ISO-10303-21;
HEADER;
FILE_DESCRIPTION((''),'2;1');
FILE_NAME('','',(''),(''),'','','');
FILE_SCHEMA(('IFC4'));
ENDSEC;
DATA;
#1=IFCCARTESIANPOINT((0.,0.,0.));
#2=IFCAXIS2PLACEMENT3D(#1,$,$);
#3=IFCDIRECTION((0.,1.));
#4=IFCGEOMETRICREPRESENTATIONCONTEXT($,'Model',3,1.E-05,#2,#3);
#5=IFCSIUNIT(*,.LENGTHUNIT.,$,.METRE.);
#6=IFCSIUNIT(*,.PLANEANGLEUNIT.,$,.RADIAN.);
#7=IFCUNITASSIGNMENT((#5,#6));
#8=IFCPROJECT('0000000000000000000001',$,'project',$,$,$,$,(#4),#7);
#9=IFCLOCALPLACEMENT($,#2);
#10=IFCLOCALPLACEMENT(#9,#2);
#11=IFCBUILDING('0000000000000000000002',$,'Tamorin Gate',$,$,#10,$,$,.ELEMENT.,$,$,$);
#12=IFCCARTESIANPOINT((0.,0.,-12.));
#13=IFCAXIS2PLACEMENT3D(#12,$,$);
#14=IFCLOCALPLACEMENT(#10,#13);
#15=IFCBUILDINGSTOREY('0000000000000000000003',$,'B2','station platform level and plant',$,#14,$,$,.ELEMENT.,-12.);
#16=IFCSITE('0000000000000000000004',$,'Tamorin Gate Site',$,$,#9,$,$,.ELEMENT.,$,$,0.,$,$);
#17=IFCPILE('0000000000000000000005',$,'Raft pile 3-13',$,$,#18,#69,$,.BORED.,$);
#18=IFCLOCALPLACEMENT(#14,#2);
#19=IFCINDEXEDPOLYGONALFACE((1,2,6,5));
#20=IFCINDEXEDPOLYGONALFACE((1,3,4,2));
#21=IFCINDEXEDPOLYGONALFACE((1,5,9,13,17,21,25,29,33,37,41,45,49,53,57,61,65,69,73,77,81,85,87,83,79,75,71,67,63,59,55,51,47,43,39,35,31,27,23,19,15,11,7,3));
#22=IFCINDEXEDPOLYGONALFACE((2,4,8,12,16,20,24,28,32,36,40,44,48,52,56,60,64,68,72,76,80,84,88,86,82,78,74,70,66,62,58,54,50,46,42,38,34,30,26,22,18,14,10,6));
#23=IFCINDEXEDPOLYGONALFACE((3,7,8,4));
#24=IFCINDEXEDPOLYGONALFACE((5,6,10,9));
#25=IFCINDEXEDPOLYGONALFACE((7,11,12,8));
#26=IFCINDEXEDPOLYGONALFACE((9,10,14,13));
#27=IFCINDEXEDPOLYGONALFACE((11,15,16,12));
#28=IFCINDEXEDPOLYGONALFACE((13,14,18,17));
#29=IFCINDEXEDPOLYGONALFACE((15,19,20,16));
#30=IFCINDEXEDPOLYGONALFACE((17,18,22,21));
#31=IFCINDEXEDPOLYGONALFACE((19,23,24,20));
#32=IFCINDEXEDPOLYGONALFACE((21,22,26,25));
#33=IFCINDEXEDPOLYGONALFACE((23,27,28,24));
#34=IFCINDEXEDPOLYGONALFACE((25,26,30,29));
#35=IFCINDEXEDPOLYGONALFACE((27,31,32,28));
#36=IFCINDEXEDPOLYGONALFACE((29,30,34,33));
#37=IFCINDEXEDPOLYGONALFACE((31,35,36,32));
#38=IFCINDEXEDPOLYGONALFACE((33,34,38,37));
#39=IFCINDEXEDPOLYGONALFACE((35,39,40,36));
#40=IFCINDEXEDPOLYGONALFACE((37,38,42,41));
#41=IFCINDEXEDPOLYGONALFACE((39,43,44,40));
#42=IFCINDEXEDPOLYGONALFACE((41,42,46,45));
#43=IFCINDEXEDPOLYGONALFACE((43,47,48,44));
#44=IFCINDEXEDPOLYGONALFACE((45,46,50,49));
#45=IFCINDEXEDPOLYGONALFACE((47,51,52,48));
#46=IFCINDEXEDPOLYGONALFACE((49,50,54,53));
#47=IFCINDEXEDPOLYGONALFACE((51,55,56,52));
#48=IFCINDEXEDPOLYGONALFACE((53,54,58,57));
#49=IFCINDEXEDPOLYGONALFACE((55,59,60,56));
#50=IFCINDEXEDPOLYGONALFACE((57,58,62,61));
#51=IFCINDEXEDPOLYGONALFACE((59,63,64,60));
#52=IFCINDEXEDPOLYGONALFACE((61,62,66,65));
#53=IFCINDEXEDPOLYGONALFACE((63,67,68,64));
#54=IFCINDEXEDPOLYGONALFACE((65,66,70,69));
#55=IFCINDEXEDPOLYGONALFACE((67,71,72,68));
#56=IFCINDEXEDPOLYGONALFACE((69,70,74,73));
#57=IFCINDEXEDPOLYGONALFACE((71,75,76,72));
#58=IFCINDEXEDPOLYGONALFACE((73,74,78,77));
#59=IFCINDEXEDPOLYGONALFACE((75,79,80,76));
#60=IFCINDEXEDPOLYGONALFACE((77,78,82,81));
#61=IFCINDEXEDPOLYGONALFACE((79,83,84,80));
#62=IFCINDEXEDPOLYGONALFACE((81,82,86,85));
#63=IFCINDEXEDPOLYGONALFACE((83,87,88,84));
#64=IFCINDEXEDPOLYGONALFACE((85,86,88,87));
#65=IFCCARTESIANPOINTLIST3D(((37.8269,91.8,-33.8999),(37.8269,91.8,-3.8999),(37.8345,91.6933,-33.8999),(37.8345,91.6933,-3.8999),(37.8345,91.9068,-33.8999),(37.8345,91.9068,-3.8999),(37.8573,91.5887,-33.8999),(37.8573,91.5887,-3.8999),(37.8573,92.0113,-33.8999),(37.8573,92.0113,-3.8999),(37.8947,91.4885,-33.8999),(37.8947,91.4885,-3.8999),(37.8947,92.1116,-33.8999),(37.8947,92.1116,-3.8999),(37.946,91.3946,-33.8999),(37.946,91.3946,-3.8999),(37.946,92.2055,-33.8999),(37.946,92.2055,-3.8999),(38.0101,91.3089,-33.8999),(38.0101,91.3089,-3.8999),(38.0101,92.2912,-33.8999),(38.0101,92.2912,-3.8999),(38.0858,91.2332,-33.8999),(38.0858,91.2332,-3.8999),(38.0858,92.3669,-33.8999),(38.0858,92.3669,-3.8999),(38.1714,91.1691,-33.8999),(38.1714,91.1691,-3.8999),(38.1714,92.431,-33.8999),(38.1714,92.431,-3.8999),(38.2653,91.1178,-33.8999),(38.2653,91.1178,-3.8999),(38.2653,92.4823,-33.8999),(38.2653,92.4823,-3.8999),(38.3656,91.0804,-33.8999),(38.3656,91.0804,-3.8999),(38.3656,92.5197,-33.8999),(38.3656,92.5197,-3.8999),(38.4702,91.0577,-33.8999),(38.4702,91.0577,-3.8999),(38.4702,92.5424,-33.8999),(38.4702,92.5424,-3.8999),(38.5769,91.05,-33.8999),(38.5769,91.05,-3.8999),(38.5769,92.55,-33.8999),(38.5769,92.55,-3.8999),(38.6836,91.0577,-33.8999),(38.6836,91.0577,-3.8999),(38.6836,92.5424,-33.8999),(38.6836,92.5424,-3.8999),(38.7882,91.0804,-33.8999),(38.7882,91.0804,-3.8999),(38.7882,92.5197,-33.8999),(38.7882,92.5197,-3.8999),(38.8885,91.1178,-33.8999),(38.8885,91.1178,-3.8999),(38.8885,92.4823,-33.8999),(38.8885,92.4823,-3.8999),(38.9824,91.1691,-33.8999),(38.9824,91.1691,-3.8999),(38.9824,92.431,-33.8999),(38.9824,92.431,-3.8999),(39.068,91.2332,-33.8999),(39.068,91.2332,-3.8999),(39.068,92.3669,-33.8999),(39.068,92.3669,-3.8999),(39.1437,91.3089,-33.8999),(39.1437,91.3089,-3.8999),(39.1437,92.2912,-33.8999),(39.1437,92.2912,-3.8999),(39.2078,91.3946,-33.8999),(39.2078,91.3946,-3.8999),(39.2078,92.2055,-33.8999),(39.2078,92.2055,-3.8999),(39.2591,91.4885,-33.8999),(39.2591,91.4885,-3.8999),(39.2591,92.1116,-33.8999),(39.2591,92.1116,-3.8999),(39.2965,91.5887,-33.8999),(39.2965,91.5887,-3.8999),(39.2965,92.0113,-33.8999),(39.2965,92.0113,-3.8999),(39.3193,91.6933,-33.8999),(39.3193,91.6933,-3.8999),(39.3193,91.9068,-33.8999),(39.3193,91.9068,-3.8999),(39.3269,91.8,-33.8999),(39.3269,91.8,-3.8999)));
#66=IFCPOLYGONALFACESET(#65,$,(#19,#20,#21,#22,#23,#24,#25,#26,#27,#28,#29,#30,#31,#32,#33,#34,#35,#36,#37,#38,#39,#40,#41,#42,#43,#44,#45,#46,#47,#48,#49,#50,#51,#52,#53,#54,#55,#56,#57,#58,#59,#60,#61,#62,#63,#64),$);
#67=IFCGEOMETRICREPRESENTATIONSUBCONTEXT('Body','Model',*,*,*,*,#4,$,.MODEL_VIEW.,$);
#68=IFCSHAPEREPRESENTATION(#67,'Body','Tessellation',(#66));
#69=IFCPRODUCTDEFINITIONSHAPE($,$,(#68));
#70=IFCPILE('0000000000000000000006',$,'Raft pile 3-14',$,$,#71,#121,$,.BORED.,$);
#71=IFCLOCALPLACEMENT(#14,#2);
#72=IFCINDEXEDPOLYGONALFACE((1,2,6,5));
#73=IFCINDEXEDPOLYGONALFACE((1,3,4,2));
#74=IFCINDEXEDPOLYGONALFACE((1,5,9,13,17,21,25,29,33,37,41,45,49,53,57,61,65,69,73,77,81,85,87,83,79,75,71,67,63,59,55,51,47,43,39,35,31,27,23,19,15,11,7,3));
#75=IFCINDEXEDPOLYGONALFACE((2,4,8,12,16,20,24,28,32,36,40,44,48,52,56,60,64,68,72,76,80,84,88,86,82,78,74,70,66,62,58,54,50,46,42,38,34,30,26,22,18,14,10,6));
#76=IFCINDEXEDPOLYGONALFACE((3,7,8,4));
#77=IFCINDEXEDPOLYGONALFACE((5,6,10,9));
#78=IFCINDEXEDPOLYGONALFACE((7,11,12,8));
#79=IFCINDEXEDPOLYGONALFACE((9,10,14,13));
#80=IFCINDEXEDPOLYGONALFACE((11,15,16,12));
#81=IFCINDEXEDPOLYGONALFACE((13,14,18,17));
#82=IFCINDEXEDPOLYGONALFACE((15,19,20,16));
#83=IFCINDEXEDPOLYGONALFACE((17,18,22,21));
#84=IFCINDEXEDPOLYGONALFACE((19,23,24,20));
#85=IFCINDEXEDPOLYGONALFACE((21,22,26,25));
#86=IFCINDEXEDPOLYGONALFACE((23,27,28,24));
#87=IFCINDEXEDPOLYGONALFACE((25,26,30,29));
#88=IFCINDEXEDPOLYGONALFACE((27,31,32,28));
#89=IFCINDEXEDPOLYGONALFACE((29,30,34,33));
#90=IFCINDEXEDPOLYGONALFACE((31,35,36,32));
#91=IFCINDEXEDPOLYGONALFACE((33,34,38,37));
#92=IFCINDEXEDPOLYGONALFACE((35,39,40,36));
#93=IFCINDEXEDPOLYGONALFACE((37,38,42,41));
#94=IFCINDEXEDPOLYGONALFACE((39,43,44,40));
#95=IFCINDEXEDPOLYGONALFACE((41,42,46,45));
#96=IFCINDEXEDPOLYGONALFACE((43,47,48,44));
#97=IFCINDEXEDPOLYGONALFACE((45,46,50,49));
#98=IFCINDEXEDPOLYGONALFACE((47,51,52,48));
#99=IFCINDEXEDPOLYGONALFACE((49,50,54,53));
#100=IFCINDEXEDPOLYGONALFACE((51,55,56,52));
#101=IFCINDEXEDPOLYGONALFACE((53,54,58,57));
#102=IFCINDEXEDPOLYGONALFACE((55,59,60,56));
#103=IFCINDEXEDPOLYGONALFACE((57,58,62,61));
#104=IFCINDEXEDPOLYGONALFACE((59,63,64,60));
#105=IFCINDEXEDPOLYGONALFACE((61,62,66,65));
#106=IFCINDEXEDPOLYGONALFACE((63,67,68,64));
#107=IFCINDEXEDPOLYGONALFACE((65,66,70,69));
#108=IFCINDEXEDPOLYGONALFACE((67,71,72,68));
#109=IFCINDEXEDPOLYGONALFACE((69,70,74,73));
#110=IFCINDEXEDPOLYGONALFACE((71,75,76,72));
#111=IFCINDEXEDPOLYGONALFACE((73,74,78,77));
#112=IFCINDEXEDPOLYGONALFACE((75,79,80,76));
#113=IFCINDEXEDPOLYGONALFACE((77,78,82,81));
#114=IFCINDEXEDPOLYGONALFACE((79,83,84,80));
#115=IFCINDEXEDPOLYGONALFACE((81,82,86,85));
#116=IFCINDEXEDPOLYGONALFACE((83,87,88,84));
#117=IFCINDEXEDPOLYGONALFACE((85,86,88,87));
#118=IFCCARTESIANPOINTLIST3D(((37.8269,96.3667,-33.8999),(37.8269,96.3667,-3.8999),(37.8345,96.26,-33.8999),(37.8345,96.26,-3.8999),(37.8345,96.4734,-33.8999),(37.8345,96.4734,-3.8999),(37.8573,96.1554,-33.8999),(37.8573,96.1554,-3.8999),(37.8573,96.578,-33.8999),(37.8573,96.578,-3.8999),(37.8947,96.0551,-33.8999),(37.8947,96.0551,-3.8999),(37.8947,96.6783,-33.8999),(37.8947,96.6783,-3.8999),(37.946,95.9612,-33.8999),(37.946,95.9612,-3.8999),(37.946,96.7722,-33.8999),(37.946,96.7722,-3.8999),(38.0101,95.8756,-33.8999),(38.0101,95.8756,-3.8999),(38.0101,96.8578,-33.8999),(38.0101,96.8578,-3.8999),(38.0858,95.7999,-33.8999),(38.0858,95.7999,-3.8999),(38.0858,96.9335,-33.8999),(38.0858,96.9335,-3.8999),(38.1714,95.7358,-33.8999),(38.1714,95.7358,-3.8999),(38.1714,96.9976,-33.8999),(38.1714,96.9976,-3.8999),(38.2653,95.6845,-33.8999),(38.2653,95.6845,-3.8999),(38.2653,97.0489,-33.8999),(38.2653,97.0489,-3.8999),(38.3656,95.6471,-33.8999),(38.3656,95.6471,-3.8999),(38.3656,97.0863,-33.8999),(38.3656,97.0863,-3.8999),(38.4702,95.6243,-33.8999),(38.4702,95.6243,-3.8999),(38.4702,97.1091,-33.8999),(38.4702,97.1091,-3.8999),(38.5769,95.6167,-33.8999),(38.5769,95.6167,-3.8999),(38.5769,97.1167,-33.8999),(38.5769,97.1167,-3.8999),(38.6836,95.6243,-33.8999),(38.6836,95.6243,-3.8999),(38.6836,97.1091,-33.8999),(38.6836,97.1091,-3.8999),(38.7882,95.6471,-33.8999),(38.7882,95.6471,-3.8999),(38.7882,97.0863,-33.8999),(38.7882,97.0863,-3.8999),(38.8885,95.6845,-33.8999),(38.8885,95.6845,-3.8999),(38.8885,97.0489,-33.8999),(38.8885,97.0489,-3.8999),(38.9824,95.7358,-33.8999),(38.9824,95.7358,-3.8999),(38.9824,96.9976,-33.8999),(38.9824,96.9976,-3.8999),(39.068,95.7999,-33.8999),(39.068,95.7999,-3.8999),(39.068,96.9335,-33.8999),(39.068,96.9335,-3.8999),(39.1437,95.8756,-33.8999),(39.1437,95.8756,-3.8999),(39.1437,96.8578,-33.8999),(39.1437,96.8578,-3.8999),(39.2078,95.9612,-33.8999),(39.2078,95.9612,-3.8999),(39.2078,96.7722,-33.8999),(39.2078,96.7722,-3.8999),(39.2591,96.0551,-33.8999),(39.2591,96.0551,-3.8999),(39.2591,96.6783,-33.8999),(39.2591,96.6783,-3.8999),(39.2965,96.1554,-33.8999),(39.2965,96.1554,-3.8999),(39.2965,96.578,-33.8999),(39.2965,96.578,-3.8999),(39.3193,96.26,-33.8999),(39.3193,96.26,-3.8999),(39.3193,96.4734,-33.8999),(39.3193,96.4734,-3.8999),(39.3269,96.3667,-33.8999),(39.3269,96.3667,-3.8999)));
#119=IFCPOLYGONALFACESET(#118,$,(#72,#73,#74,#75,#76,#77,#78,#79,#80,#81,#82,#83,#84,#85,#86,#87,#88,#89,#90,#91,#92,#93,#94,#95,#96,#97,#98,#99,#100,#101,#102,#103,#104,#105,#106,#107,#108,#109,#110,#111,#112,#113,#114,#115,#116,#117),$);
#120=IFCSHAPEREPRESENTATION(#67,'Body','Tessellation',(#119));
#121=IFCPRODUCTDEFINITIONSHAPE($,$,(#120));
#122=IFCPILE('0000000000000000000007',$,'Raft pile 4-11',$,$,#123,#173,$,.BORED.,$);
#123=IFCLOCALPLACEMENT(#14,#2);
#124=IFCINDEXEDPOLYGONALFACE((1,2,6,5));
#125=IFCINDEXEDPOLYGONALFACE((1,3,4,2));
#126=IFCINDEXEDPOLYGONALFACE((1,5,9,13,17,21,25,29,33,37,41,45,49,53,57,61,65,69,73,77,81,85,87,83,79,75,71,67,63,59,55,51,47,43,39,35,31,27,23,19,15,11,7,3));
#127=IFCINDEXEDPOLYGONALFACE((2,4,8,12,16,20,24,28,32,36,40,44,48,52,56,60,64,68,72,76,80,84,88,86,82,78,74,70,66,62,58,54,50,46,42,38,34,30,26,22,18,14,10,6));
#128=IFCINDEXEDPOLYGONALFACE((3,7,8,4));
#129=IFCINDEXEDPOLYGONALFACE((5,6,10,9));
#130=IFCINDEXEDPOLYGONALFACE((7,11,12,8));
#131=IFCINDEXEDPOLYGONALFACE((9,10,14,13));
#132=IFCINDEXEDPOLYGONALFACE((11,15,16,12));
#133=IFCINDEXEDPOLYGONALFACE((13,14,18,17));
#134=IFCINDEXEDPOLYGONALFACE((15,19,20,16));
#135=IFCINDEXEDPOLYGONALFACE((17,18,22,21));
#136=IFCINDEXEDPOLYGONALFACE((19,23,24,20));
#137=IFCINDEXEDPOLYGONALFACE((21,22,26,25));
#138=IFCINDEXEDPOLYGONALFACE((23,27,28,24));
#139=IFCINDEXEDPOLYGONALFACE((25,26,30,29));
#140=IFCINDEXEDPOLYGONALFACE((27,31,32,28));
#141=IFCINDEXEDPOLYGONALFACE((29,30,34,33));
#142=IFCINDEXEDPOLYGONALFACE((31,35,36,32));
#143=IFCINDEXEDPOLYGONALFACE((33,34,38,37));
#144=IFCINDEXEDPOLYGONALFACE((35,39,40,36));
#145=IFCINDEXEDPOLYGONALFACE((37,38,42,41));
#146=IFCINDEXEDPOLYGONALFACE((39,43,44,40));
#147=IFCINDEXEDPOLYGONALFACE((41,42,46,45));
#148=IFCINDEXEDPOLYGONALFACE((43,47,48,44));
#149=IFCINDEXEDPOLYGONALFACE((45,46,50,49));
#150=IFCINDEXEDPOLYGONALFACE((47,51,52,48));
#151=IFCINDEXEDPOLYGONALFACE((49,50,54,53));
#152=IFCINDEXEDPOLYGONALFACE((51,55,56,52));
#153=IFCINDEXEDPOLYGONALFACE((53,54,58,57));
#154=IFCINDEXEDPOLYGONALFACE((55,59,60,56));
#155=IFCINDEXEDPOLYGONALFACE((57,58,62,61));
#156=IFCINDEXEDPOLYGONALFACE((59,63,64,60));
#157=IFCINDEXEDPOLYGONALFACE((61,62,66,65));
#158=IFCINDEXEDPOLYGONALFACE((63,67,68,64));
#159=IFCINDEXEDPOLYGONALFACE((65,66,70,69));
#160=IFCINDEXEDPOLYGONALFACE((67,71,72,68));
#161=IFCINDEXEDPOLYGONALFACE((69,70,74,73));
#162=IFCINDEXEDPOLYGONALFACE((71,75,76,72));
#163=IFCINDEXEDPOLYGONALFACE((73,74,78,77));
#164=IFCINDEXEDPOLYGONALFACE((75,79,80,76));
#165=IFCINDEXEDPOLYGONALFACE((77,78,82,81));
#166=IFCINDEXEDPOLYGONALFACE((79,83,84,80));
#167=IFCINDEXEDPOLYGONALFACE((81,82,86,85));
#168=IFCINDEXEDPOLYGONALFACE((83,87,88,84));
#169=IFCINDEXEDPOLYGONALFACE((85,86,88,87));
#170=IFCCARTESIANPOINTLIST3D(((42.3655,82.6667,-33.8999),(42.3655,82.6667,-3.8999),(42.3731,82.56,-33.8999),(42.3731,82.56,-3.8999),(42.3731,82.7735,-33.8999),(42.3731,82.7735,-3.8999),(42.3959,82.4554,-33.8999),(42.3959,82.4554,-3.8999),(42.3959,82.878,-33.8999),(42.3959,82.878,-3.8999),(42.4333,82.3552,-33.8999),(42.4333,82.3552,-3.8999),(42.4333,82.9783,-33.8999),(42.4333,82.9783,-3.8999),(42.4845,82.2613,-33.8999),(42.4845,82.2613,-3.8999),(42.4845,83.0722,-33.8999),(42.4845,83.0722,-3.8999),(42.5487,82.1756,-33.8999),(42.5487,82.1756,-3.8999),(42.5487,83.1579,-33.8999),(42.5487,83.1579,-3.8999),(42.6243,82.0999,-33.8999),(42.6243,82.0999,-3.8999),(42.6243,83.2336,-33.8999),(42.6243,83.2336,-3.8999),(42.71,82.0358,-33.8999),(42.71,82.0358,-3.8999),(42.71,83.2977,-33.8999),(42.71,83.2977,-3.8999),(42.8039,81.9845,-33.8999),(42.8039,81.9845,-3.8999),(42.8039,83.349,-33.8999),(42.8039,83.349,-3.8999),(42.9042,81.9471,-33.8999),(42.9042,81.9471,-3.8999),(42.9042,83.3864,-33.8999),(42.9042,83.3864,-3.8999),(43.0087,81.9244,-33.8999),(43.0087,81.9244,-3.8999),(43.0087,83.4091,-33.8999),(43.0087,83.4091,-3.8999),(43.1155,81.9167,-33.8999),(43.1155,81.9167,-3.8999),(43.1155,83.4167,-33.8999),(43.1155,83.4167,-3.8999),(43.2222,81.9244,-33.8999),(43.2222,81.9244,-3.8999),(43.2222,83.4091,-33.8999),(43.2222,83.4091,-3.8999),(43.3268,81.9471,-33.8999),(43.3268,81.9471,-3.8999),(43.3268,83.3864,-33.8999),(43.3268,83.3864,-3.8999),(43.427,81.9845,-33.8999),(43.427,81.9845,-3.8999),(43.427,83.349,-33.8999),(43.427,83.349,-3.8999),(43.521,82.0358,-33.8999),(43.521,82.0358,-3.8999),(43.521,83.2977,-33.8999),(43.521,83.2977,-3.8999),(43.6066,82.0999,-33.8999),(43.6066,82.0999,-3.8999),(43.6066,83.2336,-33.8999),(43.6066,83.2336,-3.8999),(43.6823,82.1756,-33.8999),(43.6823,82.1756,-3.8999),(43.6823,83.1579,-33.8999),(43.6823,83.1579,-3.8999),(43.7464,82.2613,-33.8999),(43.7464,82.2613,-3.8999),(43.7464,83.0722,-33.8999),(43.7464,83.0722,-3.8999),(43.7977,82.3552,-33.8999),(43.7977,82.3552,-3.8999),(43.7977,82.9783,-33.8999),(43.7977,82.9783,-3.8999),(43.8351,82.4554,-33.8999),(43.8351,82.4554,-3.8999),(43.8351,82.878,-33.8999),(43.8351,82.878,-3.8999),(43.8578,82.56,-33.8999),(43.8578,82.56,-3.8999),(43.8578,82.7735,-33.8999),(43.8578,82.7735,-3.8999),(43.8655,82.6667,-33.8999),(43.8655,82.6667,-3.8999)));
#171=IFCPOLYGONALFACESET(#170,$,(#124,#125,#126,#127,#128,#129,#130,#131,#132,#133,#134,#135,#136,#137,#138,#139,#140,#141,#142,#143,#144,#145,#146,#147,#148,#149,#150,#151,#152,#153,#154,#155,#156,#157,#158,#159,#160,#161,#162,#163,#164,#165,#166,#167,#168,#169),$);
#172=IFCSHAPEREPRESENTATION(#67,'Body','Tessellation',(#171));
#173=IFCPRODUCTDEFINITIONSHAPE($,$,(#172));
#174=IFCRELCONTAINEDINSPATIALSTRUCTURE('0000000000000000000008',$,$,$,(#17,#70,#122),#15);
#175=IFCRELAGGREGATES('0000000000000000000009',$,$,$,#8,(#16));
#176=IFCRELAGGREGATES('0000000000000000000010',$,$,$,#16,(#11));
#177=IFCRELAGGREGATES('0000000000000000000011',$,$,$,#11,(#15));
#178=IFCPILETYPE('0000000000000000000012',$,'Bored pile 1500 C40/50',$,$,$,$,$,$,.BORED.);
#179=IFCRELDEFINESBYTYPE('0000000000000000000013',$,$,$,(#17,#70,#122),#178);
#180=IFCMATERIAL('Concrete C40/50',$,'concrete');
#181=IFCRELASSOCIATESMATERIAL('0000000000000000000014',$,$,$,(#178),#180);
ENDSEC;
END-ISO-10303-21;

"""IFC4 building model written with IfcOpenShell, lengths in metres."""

from ifc_helpers import new_model, si_unit, direction, frame, origin, origin_2d, place, context, subcontext, project, spatial, circle, extrude, material, material_profile, profile_set, type_object, element, save


model = new_model("IFC4")

# Units and contexts
model_context = context("Model", 3, precision=1e-05, world=origin(), true_north=direction((0.0, 1.0)))
body_context = subcontext(model_context, "Body", "Model", "MODEL_VIEW")
ifc_project = project(units=[si_unit("LENGTHUNIT", "METRE"), si_unit("PLANEANGLEUNIT", "RADIAN")], contexts=[model_context])

# Site, building, storey
site_placement = place(None, origin())
site = spatial("IfcSite", under=ifc_project, at=site_placement, Name="Tamorin Gate Site", CompositionType="ELEMENT", RefElevation=0.0)
building_placement = place(site_placement, origin())
building = spatial("IfcBuilding", under=site, at=building_placement, Name="Tamorin Gate", CompositionType="ELEMENT")
storey_placement = place(building_placement, frame((0.0, 0.0, -12.0)))
storey = spatial("IfcBuildingStorey", under=building, at=storey_placement, Name="B2", Description="station platform level and plant", CompositionType="ELEMENT", Elevation=-12.0)

# Piles
ifc_material_1 = material(Name="Concrete C40/50", Category="concrete")
ifc_material_profile_1 = material_profile(ifc_material_1, circle(Radius=0.75, at=origin_2d()))
ifc_profile_set_1 = profile_set([ifc_material_profile_1], Name="Concrete C40/50")
pile_type = type_object("IfcPileType", Name="Bored pile 1500 C40/50", PredefinedType="BORED", material=ifc_profile_set_1)
for number, where, z_axis, x_axis, name in (
    (1, (38.5769, 91.8, -3.8999), (0.0, 0.0, -1.0), (1.0, 0.0, 0.0), "Raft pile 3-13"),
    (2, (38.5769, 96.3667, -3.8999), (0.0, 0.0, -1.0), (1.0, 0.0, 0.0), "Raft pile 3-14"),
    (3, (43.1155, 82.6667, -3.8999), (0.0, 0.0, -1.0), (1.0, 0.0, 0.0), "Raft pile 4-11"),
):
    element("IfcPile", number, at=place(storey_placement, frame(where, z_axis=z_axis, x_axis=x_axis)), inside=storey, type_object=pile_type, Name=name, PredefinedType="BORED", context=body_context, shape_type="SweptSolid", body=[
        extrude(circle(Radius=0.75, at=origin_2d()), origin(), (0.0, 0.0, 1.0), 30.0),
    ])

save(model, "model.ifc")
